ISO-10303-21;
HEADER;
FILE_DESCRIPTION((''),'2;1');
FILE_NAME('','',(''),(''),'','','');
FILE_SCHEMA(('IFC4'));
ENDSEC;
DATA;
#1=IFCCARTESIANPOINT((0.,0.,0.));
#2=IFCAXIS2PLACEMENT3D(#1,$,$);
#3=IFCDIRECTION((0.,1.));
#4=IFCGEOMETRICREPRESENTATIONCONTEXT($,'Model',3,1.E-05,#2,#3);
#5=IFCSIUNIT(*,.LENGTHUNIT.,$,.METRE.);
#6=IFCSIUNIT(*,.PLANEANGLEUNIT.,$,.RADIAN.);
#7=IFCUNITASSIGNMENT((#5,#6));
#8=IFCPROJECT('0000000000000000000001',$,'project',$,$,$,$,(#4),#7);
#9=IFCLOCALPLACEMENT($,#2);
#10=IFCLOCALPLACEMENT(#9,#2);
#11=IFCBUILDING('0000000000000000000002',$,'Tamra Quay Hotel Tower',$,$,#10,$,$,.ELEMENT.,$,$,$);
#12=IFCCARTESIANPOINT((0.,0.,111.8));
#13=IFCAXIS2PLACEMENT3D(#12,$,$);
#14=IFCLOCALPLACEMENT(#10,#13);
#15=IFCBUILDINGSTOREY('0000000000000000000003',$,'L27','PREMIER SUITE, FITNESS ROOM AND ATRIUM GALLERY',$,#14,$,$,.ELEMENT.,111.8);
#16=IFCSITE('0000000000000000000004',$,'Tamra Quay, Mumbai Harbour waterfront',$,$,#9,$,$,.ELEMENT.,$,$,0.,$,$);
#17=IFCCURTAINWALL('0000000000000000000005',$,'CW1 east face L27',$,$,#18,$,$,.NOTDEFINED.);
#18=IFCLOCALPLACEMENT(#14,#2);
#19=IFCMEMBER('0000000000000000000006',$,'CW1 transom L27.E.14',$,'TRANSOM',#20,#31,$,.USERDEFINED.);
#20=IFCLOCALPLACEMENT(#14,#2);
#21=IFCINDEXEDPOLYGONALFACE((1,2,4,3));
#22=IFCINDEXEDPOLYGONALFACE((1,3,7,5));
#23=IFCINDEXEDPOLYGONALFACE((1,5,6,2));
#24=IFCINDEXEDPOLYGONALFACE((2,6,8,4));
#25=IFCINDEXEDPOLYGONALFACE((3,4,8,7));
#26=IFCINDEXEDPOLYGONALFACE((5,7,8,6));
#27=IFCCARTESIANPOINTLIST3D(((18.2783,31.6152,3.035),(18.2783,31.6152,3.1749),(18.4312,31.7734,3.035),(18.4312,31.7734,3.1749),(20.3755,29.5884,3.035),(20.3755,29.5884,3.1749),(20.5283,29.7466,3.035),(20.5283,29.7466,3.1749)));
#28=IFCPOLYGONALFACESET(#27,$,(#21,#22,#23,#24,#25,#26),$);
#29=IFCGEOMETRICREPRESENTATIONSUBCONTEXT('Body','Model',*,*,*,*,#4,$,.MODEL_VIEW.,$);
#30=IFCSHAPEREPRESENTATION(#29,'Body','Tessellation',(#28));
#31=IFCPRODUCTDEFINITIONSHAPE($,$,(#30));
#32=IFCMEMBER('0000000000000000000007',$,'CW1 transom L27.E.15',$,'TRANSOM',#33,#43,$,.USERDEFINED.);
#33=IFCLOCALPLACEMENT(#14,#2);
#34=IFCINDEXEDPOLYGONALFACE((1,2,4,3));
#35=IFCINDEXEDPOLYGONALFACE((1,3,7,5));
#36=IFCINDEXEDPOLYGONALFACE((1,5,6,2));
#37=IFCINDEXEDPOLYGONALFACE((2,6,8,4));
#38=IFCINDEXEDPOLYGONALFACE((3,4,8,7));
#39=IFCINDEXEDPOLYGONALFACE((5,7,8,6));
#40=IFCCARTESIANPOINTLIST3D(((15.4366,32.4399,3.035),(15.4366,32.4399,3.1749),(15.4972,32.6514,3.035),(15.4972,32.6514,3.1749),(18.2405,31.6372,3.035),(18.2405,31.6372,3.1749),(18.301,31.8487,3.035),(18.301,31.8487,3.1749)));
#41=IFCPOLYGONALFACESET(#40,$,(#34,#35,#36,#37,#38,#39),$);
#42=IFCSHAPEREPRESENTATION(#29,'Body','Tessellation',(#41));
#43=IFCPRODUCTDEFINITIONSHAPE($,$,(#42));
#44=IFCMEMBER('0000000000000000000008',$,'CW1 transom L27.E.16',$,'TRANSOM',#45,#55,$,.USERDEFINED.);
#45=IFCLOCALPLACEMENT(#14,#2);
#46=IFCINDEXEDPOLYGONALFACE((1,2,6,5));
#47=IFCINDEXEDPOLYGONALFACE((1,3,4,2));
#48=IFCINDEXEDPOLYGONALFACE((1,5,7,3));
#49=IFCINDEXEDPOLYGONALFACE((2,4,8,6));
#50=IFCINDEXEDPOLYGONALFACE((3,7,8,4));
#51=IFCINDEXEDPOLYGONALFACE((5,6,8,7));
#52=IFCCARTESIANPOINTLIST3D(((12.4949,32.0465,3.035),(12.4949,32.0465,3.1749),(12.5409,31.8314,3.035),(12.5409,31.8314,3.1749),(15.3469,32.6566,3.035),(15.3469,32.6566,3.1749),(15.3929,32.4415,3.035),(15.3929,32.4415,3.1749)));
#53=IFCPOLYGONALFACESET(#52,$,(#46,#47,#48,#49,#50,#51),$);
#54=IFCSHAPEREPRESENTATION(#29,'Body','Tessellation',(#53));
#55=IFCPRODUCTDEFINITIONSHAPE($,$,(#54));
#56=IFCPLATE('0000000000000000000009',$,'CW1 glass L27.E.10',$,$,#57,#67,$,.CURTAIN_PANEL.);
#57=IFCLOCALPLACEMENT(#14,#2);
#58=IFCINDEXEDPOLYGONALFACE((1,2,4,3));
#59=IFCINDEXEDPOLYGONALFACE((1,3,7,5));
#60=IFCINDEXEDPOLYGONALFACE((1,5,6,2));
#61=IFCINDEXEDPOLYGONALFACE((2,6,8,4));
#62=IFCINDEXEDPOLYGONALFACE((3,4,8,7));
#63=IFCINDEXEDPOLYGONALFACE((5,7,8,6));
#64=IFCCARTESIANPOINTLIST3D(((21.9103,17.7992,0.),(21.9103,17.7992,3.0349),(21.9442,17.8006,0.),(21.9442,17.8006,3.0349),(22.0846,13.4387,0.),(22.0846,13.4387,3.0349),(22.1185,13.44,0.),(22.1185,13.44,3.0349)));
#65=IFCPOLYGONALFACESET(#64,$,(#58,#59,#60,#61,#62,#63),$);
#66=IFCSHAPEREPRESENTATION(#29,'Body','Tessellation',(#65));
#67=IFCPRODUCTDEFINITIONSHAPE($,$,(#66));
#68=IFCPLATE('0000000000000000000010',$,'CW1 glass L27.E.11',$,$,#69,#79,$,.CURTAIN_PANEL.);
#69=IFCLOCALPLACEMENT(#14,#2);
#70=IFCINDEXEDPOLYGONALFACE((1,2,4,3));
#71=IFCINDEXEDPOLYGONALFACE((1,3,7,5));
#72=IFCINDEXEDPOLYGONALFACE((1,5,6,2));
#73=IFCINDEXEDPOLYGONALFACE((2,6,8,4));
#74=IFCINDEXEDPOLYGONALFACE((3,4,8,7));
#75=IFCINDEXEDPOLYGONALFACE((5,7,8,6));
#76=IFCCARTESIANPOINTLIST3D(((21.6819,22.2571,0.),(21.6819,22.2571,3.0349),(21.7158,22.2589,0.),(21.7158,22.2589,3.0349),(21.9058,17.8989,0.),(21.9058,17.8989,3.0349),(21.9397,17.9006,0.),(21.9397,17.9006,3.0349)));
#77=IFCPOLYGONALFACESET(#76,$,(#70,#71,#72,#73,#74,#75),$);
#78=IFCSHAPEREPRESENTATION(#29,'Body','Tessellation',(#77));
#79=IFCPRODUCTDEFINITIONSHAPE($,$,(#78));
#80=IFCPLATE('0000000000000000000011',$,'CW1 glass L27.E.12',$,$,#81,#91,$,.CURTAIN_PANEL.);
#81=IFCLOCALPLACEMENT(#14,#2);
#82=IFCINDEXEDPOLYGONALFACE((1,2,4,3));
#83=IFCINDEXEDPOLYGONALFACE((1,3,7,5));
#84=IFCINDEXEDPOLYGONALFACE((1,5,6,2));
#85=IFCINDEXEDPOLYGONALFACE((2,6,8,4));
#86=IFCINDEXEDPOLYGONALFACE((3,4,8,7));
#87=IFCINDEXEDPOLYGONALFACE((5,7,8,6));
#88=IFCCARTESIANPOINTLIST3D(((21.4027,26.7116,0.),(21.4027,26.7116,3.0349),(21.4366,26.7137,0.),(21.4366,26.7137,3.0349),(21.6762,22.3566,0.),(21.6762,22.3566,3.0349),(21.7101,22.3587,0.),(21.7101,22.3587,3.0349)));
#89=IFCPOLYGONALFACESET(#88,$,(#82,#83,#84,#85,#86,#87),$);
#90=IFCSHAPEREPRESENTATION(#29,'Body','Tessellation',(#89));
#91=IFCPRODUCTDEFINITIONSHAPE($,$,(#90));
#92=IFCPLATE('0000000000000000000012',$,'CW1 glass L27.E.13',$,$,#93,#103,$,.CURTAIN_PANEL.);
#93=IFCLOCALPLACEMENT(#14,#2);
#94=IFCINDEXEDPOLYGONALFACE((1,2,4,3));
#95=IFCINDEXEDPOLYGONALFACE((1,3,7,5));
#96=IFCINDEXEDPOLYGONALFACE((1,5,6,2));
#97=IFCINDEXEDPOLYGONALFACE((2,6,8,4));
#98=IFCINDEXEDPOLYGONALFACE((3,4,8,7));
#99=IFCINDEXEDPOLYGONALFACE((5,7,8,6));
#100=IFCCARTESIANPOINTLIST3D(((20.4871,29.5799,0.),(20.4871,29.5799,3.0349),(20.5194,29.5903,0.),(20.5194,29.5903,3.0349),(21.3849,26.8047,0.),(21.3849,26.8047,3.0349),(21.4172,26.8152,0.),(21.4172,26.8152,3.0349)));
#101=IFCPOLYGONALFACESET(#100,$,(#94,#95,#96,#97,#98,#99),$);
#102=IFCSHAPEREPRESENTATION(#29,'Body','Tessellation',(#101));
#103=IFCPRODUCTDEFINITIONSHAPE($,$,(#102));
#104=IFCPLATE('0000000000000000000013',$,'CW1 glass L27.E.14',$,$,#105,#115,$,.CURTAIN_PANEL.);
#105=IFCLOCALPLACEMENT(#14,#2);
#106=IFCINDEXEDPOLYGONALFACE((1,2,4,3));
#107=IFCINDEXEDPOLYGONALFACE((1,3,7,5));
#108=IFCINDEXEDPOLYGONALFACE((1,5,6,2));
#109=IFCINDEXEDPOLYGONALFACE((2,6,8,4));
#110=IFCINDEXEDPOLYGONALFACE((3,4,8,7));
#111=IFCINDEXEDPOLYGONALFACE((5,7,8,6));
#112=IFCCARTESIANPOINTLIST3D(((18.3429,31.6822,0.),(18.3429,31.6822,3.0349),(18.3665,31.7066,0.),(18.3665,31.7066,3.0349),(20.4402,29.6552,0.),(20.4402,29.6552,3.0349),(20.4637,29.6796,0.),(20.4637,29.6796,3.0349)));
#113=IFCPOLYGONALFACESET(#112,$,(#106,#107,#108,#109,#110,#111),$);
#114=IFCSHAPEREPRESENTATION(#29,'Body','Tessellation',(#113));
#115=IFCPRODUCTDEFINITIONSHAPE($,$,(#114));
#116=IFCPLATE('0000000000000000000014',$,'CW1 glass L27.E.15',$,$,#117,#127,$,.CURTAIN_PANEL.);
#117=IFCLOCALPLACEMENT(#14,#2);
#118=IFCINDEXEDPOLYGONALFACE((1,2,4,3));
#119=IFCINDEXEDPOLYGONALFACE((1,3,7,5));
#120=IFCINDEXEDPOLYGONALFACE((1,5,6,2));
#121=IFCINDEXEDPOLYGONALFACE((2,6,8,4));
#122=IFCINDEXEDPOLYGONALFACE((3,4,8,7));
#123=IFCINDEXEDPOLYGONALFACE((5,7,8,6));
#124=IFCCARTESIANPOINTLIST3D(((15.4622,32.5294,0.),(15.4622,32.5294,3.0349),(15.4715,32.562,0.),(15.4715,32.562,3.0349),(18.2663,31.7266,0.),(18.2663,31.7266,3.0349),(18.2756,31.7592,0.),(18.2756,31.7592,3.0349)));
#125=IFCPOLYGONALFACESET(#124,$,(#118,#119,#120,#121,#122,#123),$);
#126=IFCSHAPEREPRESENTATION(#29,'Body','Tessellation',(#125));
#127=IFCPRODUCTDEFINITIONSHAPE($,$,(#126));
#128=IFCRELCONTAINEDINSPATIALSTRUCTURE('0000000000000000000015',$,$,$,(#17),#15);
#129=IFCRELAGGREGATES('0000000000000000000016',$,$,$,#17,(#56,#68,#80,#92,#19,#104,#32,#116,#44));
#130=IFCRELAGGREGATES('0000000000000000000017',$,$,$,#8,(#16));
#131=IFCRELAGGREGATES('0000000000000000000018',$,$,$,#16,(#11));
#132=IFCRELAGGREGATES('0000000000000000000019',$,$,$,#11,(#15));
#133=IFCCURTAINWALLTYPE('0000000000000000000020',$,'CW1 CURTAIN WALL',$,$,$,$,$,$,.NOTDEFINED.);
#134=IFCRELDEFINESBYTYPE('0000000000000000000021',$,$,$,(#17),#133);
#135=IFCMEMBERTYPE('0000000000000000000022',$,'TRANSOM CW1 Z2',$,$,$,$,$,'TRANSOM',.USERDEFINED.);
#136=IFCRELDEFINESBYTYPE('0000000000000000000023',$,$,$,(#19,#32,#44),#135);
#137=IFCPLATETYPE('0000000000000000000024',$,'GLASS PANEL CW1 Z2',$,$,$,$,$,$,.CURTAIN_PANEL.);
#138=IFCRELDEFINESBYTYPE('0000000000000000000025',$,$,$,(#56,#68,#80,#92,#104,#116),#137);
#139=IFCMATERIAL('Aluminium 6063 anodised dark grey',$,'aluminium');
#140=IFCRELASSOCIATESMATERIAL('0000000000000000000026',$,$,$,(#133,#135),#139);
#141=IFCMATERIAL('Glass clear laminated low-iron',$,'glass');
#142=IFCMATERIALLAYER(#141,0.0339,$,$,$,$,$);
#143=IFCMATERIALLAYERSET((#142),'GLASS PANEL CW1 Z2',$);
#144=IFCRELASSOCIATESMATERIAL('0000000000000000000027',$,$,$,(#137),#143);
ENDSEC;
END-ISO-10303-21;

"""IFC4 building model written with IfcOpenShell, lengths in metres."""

from ifc_helpers import new_model, si_unit, direction, frame, origin, origin_2d, place, context, subcontext, project, spatial, rectangle, extrude, material, layer, layer_set, material_profile, profile_set, type_object, element, aggregate, save


model = new_model("IFC4")

# Units and contexts
model_context = context("Model", 3, precision=1e-05, world=origin(), true_north=direction((0.0, 1.0)))
body_context = subcontext(model_context, "Body", "Model", "MODEL_VIEW")
ifc_project = project(units=[si_unit("LENGTHUNIT", "METRE"), si_unit("PLANEANGLEUNIT", "RADIAN")], contexts=[model_context])

# Site, building, storey
site_placement = place(None, origin())
site = spatial("IfcSite", under=ifc_project, at=site_placement, Name="Tamra Quay, Mumbai Harbour waterfront", CompositionType="ELEMENT", RefElevation=0.0)
building_placement = place(site_placement, origin())
building = spatial("IfcBuilding", under=site, at=building_placement, Name="Tamra Quay Hotel Tower", CompositionType="ELEMENT")
storey_placement = place(building_placement, frame((0.0, 0.0, 111.8)))
storey = spatial("IfcBuildingStorey", under=building, at=storey_placement, Name="L27", Description="PREMIER SUITE, FITNESS ROOM AND ATRIUM GALLERY", CompositionType="ELEMENT", Elevation=111.8)

# Curtain wall
ifc_material_1 = material(Name="Aluminium 6063 anodised dark grey", Category="aluminium")
curtain_wall_type = type_object("IfcCurtainWallType", Name="CW1 CURTAIN WALL", PredefinedType="NOTDEFINED", material=ifc_material_1)
curtain_wall_placement = place(storey_placement, origin())
curtain_wall = element("IfcCurtainWall", 1, at=curtain_wall_placement, inside=storey, type_object=curtain_wall_type, Name="CW1 east face L27", PredefinedType="NOTDEFINED")

# Members
ifc_material_profile_1 = material_profile(ifc_material_1, rectangle(XDim=0.22, YDim=0.1399, at=origin_2d()), Name="TRANSOM 220X140")
ifc_profile_set_1 = profile_set([ifc_material_profile_1], Name="Aluminium 6063 anodised dark grey")
member_type_1 = type_object("IfcMemberType", Name="TRANSOM CW1 Z2", ElementType="TRANSOM", PredefinedType="USERDEFINED", material=ifc_profile_set_1)
member_1_placement = place(storey_placement, frame((20.4519, 29.6675, 3.105), z_axis=(-0.719058, 0.69495, 0.0), x_axis=(-0.69495, -0.719058, 0.0)))
member_1 = element("IfcMember", 2, at=member_1_placement, type_object=member_type_1, Name="CW1 transom L27.E.14", ObjectType="TRANSOM", PredefinedType="USERDEFINED", context=body_context, shape_type="SweptSolid", body=[
    extrude(rectangle(XDim=0.22, YDim=0.1399, at=origin_2d()), origin(), (0.0, 0.0, 1.0), 2.9165),
])
member_2_placement = place(storey_placement, frame((18.2708, 31.7429, 3.105), z_axis=(-0.961379, 0.27523, 0.0), x_axis=(-0.27523, -0.961379, 0.0)))
member_2 = element("IfcMember", 3, at=member_2_placement, type_object=member_type_1, Name="CW1 transom L27.E.15", ObjectType="TRANSOM", PredefinedType="USERDEFINED", context=body_context, shape_type="SweptSolid", body=[
    extrude(rectangle(XDim=0.22, YDim=0.1399, at=origin_2d()), origin(), (0.0, 0.0, 1.0), 2.9165),
])
member_3_placement = place(storey_placement, frame((15.3699, 32.5491, 3.105), z_axis=(-0.977876, -0.209186, 0.0), x_axis=(0.209186, -0.977876, 0.0)))
member_3 = element("IfcMember", 4, at=member_3_placement, type_object=member_type_1, Name="CW1 transom L27.E.16", ObjectType="TRANSOM", PredefinedType="USERDEFINED", context=body_context, shape_type="SweptSolid", body=[
    extrude(rectangle(XDim=0.22, YDim=0.1399, at=origin_2d()), origin(), (0.0, 0.0, 1.0), 2.9165),
])

# Plates
ifc_material_2 = material(Name="Glass clear laminated low-iron", Category="glass")
ifc_layer = layer(ifc_material_2, 0.0339)
ifc_layer_set = layer_set([ifc_layer], Name="GLASS PANEL CW1 Z2")
plate_type = type_object("IfcPlateType", Name="GLASS PANEL CW1 Z2", PredefinedType="CURTAIN_PANEL", material=ifc_layer_set)
plate_1_placement = place(storey_placement, frame((22.0144, 15.6196, 0.0), z_axis=(0.0, 0.0, 1.0), x_axis=(-0.039944, 0.999202, 0.0)))
plate_1 = element("IfcPlate", 5, at=plate_1_placement, type_object=plate_type, Name="CW1 glass L27.E.10", PredefinedType="CURTAIN_PANEL", context=body_context, shape_type="SweptSolid", body=[
    extrude(rectangle(XDim=4.364, YDim=0.0339, at=origin_2d()), origin(), (0.0, 0.0, 1.0), 3.0349),
])
plate_2_placement = place(storey_placement, frame((21.8108, 20.0789, 0.0), z_axis=(0.0, 0.0, 1.0), x_axis=(-0.051321, 0.998682, 0.0)))
plate_2 = element("IfcPlate", 6, at=plate_2_placement, type_object=plate_type, Name="CW1 glass L27.E.11", PredefinedType="CURTAIN_PANEL", context=body_context, shape_type="SweptSolid", body=[
    extrude(rectangle(XDim=4.364, YDim=0.0339, at=origin_2d()), origin(), (0.0, 0.0, 1.0), 3.0349),
])
plate_3_placement = place(storey_placement, frame((21.5564, 24.5352, 0.0), z_axis=(0.0, 0.0, 1.0), x_axis=(-0.06267, 0.998034, 0.0)))
plate_3 = element("IfcPlate", 7, at=plate_3_placement, type_object=plate_type, Name="CW1 glass L27.E.12", PredefinedType="CURTAIN_PANEL", context=body_context, shape_type="SweptSolid", body=[
    extrude(rectangle(XDim=4.3635, YDim=0.0339, at=origin_2d()), origin(), (0.0, 0.0, 1.0), 3.0349),
])
plate_4_placement = place(storey_placement, frame((20.9521, 28.1975, 0.0), z_axis=(0.0, 0.0, 1.0), x_axis=(-0.307791, 0.951454, 0.0)))
plate_4 = element("IfcPlate", 8, at=plate_4_placement, type_object=plate_type, Name="CW1 glass L27.E.13", PredefinedType="CURTAIN_PANEL", context=body_context, shape_type="SweptSolid", body=[
    extrude(rectangle(XDim=2.9167, YDim=0.0339, at=origin_2d()), origin(), (0.0, 0.0, 1.0), 3.0349),
])
plate_5_placement = place(storey_placement, frame((19.4033, 30.6809, 0.0), z_axis=(0.0, 0.0, 1.0), x_axis=(-0.719041, 0.694967, 0.0)))
plate_5 = element("IfcPlate", 9, at=plate_5_placement, type_object=plate_type, Name="CW1 glass L27.E.14", PredefinedType="CURTAIN_PANEL", context=body_context, shape_type="SweptSolid", body=[
    extrude(rectangle(XDim=2.9167, YDim=0.0339, at=origin_2d()), origin(), (0.0, 0.0, 1.0), 3.0349),
])
plate_6_placement = place(storey_placement, frame((16.8689, 32.1443, 0.0), z_axis=(0.0, 0.0, 1.0), x_axis=(-0.96138, 0.275224, 0.0)))
plate_6 = element("IfcPlate", 10, at=plate_6_placement, type_object=plate_type, Name="CW1 glass L27.E.15", PredefinedType="CURTAIN_PANEL", context=body_context, shape_type="SweptSolid", body=[
    extrude(rectangle(XDim=2.9167, YDim=0.0339, at=origin_2d()), origin(), (0.0, 0.0, 1.0), 3.0349),
])
aggregate(curtain_wall, [plate_1, plate_2, plate_3, plate_4, member_1, plate_5, member_2, plate_6, member_3])

save(model, "model.ifc")
